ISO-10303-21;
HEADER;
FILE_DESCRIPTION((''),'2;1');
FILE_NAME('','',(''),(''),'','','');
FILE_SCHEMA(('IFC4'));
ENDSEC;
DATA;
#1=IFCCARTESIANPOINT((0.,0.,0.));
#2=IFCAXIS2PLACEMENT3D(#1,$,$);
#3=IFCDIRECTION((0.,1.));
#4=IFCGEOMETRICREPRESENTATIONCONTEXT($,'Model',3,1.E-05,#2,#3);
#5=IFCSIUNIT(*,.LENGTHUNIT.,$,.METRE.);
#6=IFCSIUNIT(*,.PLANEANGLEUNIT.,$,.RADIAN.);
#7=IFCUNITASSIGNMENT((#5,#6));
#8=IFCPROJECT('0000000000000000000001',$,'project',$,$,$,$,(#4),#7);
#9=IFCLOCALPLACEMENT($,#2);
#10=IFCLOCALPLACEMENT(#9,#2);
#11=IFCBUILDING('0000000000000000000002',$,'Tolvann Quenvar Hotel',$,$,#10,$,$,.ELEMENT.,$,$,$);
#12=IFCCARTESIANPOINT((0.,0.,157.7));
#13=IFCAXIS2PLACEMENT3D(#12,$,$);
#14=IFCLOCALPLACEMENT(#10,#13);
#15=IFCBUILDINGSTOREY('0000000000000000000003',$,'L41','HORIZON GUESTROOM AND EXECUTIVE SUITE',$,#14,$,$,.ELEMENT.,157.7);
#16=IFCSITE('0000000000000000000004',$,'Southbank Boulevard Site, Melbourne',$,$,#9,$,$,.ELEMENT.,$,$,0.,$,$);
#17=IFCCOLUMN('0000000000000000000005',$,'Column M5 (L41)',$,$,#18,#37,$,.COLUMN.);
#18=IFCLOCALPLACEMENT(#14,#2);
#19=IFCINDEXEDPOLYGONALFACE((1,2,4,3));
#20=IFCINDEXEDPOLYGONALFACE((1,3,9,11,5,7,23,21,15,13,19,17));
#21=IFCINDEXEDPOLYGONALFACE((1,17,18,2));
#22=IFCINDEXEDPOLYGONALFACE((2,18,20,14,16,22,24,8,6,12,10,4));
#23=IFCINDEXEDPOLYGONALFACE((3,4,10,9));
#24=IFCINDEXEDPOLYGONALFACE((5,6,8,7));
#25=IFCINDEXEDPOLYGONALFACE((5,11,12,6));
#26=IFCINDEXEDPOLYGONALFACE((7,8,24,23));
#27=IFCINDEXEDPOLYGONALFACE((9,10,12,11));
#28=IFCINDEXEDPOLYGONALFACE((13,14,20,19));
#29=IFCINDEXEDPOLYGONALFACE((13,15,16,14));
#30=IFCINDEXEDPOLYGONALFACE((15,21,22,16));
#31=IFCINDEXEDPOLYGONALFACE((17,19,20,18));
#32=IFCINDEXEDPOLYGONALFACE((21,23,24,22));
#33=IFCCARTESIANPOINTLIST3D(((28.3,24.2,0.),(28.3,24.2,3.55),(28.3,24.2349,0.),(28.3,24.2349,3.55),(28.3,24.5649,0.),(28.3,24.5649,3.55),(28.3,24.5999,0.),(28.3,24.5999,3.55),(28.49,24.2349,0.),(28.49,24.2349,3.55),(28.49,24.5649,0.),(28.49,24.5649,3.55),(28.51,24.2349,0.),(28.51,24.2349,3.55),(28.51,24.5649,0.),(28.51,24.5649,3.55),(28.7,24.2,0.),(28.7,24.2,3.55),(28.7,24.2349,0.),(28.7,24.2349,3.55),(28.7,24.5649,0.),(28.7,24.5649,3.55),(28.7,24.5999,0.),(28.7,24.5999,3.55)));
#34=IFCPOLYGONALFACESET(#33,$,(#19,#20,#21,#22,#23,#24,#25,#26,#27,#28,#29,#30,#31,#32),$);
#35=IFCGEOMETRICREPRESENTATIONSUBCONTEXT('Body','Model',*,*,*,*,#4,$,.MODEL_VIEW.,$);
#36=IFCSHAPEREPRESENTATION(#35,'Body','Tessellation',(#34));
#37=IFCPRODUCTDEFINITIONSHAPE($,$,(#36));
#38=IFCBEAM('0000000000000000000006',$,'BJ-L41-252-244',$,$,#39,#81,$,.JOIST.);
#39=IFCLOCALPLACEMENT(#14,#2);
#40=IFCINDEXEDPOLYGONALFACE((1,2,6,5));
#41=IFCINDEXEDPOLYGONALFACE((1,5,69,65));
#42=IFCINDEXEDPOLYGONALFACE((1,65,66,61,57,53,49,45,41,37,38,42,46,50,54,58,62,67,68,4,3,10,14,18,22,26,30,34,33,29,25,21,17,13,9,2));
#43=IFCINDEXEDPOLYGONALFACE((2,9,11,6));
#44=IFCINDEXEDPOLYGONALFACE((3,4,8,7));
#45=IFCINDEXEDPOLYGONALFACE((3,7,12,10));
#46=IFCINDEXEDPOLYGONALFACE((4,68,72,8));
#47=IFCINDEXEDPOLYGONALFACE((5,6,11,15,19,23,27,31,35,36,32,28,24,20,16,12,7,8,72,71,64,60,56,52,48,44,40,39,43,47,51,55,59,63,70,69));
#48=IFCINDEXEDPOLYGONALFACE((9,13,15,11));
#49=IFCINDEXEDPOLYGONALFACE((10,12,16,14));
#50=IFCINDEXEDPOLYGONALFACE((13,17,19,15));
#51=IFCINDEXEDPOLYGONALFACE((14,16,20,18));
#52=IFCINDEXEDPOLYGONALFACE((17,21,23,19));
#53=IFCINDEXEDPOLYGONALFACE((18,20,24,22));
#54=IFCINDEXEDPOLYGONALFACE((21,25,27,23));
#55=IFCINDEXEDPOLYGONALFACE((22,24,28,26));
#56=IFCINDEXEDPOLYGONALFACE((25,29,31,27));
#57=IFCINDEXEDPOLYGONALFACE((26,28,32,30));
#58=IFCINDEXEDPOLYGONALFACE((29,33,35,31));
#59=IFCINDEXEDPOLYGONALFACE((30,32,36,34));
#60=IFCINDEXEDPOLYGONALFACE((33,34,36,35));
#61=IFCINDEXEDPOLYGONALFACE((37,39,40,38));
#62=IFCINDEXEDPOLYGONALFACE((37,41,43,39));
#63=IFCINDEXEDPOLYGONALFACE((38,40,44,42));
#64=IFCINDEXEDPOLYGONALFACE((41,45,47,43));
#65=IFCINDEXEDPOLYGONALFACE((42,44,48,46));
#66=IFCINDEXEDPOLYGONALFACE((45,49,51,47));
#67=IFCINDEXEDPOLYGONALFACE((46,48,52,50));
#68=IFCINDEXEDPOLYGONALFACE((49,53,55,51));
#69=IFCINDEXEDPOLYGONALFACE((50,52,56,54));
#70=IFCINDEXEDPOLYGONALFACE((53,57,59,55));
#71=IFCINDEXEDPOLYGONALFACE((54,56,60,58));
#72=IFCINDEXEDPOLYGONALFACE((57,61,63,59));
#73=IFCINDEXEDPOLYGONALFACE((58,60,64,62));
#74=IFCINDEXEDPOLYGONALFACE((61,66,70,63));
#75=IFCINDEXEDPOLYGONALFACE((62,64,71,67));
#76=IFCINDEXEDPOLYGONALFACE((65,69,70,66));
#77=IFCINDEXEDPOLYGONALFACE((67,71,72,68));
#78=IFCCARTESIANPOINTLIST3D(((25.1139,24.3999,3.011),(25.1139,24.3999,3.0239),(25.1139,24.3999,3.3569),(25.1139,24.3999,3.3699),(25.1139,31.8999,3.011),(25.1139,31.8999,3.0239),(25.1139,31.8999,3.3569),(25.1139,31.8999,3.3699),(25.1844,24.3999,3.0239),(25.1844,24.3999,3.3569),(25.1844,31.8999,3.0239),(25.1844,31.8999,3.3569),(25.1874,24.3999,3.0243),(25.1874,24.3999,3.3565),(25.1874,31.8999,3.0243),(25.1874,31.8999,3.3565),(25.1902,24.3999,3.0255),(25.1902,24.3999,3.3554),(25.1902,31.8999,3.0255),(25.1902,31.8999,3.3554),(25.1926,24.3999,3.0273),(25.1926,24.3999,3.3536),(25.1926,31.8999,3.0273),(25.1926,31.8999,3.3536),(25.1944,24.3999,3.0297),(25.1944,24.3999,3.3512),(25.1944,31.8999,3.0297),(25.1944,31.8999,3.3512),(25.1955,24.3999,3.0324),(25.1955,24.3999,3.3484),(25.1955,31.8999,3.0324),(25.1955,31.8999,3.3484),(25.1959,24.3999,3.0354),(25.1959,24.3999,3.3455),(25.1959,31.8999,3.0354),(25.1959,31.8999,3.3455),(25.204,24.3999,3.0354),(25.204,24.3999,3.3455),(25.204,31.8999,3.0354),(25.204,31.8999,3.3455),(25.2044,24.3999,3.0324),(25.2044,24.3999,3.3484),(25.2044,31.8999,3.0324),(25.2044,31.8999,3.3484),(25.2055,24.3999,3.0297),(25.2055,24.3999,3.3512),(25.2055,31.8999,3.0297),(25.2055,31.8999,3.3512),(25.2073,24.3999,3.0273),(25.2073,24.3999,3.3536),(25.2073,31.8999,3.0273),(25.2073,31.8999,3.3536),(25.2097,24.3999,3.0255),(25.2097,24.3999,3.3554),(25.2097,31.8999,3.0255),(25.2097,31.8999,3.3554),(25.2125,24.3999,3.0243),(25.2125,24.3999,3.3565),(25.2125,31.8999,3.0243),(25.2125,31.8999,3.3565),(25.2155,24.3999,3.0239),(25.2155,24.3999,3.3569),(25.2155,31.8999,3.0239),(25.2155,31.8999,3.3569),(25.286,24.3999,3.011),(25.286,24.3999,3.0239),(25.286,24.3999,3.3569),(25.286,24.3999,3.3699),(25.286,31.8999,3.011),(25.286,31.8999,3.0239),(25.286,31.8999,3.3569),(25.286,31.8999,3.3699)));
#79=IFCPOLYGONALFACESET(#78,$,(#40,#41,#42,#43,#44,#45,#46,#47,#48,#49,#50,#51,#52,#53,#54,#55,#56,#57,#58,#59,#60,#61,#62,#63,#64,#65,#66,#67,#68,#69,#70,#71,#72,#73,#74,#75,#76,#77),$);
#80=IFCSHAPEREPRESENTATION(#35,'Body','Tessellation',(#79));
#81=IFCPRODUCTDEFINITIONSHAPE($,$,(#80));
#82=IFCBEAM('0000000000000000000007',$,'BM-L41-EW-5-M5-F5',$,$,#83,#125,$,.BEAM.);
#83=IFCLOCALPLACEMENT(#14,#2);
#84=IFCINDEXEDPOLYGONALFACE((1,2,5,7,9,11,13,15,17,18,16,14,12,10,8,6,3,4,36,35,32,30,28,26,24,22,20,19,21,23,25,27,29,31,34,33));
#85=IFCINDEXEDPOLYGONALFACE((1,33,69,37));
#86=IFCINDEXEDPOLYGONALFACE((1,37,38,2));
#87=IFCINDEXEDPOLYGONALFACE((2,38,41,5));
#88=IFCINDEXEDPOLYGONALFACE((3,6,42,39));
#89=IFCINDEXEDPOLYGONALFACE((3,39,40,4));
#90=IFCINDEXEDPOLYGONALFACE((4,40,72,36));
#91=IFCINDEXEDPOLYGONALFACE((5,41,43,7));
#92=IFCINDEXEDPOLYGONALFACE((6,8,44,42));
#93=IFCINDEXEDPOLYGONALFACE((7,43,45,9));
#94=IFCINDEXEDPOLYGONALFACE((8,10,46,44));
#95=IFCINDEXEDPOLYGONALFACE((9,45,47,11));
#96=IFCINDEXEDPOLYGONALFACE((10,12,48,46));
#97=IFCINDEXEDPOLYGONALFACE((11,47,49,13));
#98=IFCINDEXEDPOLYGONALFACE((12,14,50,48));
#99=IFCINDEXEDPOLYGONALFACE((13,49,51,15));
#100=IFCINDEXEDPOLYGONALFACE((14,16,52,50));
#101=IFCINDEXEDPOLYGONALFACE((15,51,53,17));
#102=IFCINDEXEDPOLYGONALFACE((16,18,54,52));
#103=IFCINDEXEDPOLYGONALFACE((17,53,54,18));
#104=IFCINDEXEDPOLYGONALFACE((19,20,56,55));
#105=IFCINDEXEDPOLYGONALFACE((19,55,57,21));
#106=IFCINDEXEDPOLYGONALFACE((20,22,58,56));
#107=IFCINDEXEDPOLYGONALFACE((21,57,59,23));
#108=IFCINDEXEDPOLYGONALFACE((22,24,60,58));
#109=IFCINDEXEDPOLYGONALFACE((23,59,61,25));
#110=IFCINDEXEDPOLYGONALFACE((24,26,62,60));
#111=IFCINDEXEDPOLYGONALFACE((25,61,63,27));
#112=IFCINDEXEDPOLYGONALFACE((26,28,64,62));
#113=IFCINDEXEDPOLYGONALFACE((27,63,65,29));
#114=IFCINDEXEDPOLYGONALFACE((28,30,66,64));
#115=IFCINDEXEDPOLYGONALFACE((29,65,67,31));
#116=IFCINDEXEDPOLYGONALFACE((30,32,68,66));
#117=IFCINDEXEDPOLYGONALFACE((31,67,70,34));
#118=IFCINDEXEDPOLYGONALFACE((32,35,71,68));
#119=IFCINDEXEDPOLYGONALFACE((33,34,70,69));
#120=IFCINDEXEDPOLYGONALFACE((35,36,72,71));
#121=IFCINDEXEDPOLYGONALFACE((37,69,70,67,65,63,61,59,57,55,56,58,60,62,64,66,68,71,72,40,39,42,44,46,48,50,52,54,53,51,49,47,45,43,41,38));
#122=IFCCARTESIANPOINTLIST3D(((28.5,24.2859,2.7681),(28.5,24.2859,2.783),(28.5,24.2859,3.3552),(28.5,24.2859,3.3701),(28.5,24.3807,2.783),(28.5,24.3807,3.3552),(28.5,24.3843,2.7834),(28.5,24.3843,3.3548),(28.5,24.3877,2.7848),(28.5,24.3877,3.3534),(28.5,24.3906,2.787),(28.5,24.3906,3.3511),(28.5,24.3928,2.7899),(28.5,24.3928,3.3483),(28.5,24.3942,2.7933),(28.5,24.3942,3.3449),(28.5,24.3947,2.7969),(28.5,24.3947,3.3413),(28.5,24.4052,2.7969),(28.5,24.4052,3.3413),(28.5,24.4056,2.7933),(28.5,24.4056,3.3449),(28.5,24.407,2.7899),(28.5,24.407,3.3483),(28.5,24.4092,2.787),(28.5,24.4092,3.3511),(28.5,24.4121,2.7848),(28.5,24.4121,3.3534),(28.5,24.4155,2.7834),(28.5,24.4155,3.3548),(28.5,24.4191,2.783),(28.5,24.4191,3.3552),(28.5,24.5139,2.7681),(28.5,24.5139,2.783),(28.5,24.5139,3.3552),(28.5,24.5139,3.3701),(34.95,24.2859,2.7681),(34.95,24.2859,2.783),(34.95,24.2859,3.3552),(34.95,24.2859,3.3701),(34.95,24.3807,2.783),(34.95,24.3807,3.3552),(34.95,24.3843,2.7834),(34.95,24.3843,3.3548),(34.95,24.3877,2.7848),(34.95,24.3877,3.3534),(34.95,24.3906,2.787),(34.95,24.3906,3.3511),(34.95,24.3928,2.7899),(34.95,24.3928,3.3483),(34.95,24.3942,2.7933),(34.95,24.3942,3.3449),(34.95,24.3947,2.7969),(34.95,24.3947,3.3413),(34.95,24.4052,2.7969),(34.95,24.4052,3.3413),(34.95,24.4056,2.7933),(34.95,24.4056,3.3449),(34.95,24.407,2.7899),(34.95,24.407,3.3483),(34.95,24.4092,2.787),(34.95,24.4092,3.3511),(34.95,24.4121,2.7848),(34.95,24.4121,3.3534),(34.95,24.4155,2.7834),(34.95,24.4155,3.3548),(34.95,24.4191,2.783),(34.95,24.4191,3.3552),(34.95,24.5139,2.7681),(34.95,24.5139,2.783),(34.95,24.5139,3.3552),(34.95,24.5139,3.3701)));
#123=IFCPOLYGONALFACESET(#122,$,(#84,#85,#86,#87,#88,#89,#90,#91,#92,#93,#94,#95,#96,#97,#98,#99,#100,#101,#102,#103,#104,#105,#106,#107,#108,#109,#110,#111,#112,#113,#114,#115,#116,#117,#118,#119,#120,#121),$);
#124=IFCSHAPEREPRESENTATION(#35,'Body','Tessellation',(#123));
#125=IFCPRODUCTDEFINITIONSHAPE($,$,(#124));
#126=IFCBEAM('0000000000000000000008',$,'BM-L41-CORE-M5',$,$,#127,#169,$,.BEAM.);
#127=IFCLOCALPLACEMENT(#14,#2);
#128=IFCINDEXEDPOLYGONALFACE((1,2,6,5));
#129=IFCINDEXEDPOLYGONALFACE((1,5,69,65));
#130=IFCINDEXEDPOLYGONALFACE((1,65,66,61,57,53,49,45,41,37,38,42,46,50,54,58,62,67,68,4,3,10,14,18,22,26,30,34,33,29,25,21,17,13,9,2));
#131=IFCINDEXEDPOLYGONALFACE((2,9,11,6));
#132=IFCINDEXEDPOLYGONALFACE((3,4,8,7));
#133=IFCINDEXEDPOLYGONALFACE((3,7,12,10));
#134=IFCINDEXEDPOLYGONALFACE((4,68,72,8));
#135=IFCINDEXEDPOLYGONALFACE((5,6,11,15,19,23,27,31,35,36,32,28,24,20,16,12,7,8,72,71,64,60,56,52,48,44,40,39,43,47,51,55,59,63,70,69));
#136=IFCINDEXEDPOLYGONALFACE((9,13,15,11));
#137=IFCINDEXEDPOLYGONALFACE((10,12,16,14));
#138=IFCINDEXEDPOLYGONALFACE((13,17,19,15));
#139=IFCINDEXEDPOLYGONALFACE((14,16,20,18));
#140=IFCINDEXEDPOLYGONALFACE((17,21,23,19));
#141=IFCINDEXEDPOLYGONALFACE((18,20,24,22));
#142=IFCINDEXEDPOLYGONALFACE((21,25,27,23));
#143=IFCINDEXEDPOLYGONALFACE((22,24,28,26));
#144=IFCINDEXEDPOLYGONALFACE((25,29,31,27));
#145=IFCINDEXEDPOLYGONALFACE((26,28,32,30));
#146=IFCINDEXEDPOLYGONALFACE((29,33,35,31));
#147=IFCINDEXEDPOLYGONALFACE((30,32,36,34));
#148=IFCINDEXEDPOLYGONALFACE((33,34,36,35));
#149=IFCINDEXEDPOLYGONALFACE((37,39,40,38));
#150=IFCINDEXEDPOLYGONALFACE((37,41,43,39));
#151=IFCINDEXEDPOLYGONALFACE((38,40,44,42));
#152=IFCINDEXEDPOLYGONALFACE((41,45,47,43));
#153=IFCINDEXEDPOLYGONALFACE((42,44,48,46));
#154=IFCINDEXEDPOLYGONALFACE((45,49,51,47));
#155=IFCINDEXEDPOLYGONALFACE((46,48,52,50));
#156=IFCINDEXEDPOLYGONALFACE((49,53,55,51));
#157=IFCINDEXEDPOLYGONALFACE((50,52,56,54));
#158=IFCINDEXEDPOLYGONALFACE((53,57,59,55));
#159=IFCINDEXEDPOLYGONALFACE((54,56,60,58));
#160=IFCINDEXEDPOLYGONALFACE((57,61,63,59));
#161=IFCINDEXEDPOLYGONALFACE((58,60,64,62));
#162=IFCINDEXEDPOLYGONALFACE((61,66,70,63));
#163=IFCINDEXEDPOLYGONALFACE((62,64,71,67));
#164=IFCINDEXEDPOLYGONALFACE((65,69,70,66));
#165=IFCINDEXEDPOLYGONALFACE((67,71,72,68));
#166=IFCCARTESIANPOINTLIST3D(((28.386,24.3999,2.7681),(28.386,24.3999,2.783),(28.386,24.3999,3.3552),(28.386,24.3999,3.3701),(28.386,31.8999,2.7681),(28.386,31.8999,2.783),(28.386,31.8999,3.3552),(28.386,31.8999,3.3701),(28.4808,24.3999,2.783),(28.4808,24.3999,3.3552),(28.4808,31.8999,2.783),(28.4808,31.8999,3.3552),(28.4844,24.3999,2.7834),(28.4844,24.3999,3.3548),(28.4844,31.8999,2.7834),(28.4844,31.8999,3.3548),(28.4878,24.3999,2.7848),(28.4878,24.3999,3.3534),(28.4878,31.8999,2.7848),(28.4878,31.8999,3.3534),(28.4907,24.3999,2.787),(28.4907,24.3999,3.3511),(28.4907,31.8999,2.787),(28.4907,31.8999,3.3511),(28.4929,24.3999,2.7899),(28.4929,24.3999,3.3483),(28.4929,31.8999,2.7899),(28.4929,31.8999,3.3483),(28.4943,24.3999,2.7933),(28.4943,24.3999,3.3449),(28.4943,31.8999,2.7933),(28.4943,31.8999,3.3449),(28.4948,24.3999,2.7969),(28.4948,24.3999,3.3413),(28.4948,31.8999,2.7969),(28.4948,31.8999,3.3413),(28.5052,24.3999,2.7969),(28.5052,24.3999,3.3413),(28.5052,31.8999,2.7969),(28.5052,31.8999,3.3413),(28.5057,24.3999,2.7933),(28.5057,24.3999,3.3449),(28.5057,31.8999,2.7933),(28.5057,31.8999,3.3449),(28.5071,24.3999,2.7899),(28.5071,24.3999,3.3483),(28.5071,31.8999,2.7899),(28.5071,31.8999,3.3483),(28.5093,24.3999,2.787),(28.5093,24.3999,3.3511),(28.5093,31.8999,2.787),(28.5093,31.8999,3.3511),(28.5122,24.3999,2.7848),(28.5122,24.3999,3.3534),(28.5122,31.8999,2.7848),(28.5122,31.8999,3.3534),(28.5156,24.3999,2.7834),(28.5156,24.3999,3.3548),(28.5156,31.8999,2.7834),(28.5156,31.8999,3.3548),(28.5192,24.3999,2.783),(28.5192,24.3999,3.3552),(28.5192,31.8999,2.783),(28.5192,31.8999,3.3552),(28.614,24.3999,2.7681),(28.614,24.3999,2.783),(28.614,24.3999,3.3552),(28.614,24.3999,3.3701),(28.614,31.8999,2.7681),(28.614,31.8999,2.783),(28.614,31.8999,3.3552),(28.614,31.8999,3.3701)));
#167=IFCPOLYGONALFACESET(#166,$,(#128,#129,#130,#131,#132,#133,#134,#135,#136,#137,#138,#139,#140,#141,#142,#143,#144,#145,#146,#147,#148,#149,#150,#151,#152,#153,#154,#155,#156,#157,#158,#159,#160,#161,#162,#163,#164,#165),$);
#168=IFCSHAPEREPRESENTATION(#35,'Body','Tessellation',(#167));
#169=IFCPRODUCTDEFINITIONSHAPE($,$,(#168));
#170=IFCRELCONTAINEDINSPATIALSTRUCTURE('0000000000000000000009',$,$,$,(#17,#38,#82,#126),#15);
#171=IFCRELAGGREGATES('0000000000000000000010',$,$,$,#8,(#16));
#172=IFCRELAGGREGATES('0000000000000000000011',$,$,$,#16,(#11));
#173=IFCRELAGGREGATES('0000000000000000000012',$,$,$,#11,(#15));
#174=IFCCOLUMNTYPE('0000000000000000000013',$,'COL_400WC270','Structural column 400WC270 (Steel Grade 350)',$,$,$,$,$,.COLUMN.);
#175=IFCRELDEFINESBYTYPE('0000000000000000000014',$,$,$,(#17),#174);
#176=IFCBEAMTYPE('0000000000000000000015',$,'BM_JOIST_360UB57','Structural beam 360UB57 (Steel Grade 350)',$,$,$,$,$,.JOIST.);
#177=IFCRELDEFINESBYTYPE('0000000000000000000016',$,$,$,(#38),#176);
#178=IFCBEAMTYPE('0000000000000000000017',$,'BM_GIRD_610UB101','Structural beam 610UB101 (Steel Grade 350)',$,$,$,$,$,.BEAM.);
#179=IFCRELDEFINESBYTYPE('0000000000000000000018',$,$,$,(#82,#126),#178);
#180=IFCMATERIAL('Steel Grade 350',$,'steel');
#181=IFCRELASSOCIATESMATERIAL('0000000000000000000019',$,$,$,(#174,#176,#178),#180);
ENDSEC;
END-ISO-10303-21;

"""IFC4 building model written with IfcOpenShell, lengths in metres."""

from ifc_helpers import new_model, si_unit, direction, frame, origin, origin_2d, place, context, subcontext, project, spatial, i_section, extrude, source, transform, mapped, material, material_profile, profile_set, type_object, type_shapes, element, save


model = new_model("IFC4")

# Units and contexts
model_context = context("Model", 3, precision=1e-05, world=origin(), true_north=direction((0.0, 1.0)))
body_context = subcontext(model_context, "Body", "Model", "MODEL_VIEW")
ifc_project = project(units=[si_unit("LENGTHUNIT", "METRE"), si_unit("PLANEANGLEUNIT", "RADIAN")], contexts=[model_context])

# Site, building, storey
site_placement = place(None, origin())
site = spatial("IfcSite", under=ifc_project, at=site_placement, Name="Southbank Boulevard Site, Melbourne", CompositionType="ELEMENT", RefElevation=0.0)
building_placement = place(site_placement, origin())
building = spatial("IfcBuilding", under=site, at=building_placement, Name="Tolvann Quenvar Hotel", CompositionType="ELEMENT")
storey_placement = place(building_placement, frame((0.0, 0.0, 157.7)))
storey = spatial("IfcBuildingStorey", under=building, at=storey_placement, Name="L41", Description="HORIZON GUESTROOM AND EXECUTIVE SUITE", CompositionType="ELEMENT", Elevation=157.7)

# Column
ifc_material_1 = material(Name="Steel Grade 350", Category="steel")
ifc_material_profile_1 = material_profile(ifc_material_1, i_section(OverallWidth=0.3999, OverallDepth=0.3999, WebThickness=0.02, FlangeThickness=0.0349, at=origin_2d()), Name="400WC270")
ifc_profile_set_1 = profile_set([ifc_material_profile_1], Name="Steel Grade 350")
column_type = type_object("IfcColumnType", Name="COL_400WC270", Description="Structural column 400WC270 (Steel Grade 350)", PredefinedType="COLUMN", material=ifc_profile_set_1)
shared_shape_1 = source(origin(), body_context, "Body", "SweptSolid", [
    extrude(i_section(OverallWidth=0.3999, OverallDepth=0.3999, WebThickness=0.02, FlangeThickness=0.0349, at=origin_2d()), origin(), (0.0, 0.0, 1.0), 3.55),
])
type_shapes(column_type, [shared_shape_1])
column_placement = place(storey_placement, frame((28.5, 24.3999, 0.0), z_axis=(0.0, 0.0, 1.0), x_axis=(1.0, 0.0, 0.0)))
element("IfcColumn", 1, at=column_placement, inside=storey, type_object=column_type, Name="Column M5 (L41)", PredefinedType="COLUMN", context=body_context, shape_type="MappedRepresentation", body=[
    mapped(shared_shape_1, transform((0.0, 0.0, 0.0), x_axis=(1.0, 0.0, 0.0), y_axis=(0.0, 1.0, 0.0), z_axis=(0.0, 0.0, 1.0), scale=1.0)),
])

# Beams
ifc_material_profile_2 = material_profile(ifc_material_1, i_section(OverallWidth=0.1721, OverallDepth=0.3589, WebThickness=0.0081, FlangeThickness=0.0129, FilletRadius=0.0115, at=origin_2d()), Name="360UB57")
ifc_profile_set_2 = profile_set([ifc_material_profile_2], Name="Steel Grade 350")
beam_type_1 = type_object("IfcBeamType", Name="BM_JOIST_360UB57", Description="Structural beam 360UB57 (Steel Grade 350)", PredefinedType="JOIST", material=ifc_profile_set_2)
shared_shape_2 = source(origin(), body_context, "Body", "SweptSolid", [
    extrude(i_section(OverallWidth=0.1721, OverallDepth=0.3589, WebThickness=0.0081, FlangeThickness=0.0129, FilletRadius=0.0115, at=origin_2d()), origin(), (0.0, 0.0, 1.0), 7.5),
])
type_shapes(beam_type_1, [shared_shape_2])
beam_1_placement = place(storey_placement, frame((25.2, 24.3999, 3.1904), z_axis=(0.0, 1.0, 0.0), x_axis=(-1.0, 0.0, 0.0)))
element("IfcBeam", 2, at=beam_1_placement, inside=storey, type_object=beam_type_1, Name="BJ-L41-252-244", PredefinedType="JOIST", context=body_context, shape_type="MappedRepresentation", body=[
    mapped(shared_shape_2, transform((0.0, 0.0, 0.0), x_axis=(1.0, 0.0, 0.0), y_axis=(0.0, 1.0, 0.0), z_axis=(0.0, 0.0, 1.0), scale=1.0)),
])
ifc_material_profile_3 = material_profile(ifc_material_1, i_section(OverallWidth=0.228, OverallDepth=0.6021, WebThickness=0.0105, FlangeThickness=0.0149, FilletRadius=0.0139, at=origin_2d()), Name="610UB101")
ifc_profile_set_3 = profile_set([ifc_material_profile_3], Name="Steel Grade 350")
beam_type_2 = type_object("IfcBeamType", Name="BM_GIRD_610UB101", Description="Structural beam 610UB101 (Steel Grade 350)", PredefinedType="BEAM", material=ifc_profile_set_3)
shared_shape_3 = source(origin(), body_context, "Body", "SweptSolid", [
    extrude(i_section(OverallWidth=0.228, OverallDepth=0.6021, WebThickness=0.0105, FlangeThickness=0.0149, FilletRadius=0.0139, at=origin_2d()), origin(), (0.0, 0.0, 1.0), 6.45),
])
beam_2_placement = place(storey_placement, frame((28.5, 24.3999, 3.0691), z_axis=(1.0, 0.0, 0.0), x_axis=(0.0, 1.0, 0.0)))
element("IfcBeam", 3, at=beam_2_placement, inside=storey, type_object=beam_type_2, Name="BM-L41-EW-5-M5-F5", PredefinedType="BEAM", context=body_context, shape_type="MappedRepresentation", body=[
    mapped(shared_shape_3, transform((0.0, 0.0, 0.0), x_axis=(1.0, 0.0, 0.0), y_axis=(0.0, 1.0, 0.0), z_axis=(0.0, 0.0, 1.0), scale=1.0)),
])
shared_shape_4 = source(origin(), body_context, "Body", "SweptSolid", [
    extrude(i_section(OverallWidth=0.228, OverallDepth=0.6021, WebThickness=0.0105, FlangeThickness=0.0149, FilletRadius=0.0139, at=origin_2d()), origin(), (0.0, 0.0, 1.0), 7.5),
])
type_shapes(beam_type_2, [shared_shape_3, shared_shape_4])
beam_3_placement = place(storey_placement, frame((28.5, 24.3999, 3.0691), z_axis=(0.0, 1.0, 0.0), x_axis=(-1.0, 0.0, 0.0)))
element("IfcBeam", 4, at=beam_3_placement, inside=storey, type_object=beam_type_2, Name="BM-L41-CORE-M5", PredefinedType="BEAM", context=body_context, shape_type="MappedRepresentation", body=[
    mapped(shared_shape_4, transform((0.0, 0.0, 0.0), x_axis=(1.0, 0.0, 0.0), y_axis=(0.0, 1.0, 0.0), z_axis=(0.0, 0.0, 1.0), scale=1.0)),
])

save(model, "model.ifc")
